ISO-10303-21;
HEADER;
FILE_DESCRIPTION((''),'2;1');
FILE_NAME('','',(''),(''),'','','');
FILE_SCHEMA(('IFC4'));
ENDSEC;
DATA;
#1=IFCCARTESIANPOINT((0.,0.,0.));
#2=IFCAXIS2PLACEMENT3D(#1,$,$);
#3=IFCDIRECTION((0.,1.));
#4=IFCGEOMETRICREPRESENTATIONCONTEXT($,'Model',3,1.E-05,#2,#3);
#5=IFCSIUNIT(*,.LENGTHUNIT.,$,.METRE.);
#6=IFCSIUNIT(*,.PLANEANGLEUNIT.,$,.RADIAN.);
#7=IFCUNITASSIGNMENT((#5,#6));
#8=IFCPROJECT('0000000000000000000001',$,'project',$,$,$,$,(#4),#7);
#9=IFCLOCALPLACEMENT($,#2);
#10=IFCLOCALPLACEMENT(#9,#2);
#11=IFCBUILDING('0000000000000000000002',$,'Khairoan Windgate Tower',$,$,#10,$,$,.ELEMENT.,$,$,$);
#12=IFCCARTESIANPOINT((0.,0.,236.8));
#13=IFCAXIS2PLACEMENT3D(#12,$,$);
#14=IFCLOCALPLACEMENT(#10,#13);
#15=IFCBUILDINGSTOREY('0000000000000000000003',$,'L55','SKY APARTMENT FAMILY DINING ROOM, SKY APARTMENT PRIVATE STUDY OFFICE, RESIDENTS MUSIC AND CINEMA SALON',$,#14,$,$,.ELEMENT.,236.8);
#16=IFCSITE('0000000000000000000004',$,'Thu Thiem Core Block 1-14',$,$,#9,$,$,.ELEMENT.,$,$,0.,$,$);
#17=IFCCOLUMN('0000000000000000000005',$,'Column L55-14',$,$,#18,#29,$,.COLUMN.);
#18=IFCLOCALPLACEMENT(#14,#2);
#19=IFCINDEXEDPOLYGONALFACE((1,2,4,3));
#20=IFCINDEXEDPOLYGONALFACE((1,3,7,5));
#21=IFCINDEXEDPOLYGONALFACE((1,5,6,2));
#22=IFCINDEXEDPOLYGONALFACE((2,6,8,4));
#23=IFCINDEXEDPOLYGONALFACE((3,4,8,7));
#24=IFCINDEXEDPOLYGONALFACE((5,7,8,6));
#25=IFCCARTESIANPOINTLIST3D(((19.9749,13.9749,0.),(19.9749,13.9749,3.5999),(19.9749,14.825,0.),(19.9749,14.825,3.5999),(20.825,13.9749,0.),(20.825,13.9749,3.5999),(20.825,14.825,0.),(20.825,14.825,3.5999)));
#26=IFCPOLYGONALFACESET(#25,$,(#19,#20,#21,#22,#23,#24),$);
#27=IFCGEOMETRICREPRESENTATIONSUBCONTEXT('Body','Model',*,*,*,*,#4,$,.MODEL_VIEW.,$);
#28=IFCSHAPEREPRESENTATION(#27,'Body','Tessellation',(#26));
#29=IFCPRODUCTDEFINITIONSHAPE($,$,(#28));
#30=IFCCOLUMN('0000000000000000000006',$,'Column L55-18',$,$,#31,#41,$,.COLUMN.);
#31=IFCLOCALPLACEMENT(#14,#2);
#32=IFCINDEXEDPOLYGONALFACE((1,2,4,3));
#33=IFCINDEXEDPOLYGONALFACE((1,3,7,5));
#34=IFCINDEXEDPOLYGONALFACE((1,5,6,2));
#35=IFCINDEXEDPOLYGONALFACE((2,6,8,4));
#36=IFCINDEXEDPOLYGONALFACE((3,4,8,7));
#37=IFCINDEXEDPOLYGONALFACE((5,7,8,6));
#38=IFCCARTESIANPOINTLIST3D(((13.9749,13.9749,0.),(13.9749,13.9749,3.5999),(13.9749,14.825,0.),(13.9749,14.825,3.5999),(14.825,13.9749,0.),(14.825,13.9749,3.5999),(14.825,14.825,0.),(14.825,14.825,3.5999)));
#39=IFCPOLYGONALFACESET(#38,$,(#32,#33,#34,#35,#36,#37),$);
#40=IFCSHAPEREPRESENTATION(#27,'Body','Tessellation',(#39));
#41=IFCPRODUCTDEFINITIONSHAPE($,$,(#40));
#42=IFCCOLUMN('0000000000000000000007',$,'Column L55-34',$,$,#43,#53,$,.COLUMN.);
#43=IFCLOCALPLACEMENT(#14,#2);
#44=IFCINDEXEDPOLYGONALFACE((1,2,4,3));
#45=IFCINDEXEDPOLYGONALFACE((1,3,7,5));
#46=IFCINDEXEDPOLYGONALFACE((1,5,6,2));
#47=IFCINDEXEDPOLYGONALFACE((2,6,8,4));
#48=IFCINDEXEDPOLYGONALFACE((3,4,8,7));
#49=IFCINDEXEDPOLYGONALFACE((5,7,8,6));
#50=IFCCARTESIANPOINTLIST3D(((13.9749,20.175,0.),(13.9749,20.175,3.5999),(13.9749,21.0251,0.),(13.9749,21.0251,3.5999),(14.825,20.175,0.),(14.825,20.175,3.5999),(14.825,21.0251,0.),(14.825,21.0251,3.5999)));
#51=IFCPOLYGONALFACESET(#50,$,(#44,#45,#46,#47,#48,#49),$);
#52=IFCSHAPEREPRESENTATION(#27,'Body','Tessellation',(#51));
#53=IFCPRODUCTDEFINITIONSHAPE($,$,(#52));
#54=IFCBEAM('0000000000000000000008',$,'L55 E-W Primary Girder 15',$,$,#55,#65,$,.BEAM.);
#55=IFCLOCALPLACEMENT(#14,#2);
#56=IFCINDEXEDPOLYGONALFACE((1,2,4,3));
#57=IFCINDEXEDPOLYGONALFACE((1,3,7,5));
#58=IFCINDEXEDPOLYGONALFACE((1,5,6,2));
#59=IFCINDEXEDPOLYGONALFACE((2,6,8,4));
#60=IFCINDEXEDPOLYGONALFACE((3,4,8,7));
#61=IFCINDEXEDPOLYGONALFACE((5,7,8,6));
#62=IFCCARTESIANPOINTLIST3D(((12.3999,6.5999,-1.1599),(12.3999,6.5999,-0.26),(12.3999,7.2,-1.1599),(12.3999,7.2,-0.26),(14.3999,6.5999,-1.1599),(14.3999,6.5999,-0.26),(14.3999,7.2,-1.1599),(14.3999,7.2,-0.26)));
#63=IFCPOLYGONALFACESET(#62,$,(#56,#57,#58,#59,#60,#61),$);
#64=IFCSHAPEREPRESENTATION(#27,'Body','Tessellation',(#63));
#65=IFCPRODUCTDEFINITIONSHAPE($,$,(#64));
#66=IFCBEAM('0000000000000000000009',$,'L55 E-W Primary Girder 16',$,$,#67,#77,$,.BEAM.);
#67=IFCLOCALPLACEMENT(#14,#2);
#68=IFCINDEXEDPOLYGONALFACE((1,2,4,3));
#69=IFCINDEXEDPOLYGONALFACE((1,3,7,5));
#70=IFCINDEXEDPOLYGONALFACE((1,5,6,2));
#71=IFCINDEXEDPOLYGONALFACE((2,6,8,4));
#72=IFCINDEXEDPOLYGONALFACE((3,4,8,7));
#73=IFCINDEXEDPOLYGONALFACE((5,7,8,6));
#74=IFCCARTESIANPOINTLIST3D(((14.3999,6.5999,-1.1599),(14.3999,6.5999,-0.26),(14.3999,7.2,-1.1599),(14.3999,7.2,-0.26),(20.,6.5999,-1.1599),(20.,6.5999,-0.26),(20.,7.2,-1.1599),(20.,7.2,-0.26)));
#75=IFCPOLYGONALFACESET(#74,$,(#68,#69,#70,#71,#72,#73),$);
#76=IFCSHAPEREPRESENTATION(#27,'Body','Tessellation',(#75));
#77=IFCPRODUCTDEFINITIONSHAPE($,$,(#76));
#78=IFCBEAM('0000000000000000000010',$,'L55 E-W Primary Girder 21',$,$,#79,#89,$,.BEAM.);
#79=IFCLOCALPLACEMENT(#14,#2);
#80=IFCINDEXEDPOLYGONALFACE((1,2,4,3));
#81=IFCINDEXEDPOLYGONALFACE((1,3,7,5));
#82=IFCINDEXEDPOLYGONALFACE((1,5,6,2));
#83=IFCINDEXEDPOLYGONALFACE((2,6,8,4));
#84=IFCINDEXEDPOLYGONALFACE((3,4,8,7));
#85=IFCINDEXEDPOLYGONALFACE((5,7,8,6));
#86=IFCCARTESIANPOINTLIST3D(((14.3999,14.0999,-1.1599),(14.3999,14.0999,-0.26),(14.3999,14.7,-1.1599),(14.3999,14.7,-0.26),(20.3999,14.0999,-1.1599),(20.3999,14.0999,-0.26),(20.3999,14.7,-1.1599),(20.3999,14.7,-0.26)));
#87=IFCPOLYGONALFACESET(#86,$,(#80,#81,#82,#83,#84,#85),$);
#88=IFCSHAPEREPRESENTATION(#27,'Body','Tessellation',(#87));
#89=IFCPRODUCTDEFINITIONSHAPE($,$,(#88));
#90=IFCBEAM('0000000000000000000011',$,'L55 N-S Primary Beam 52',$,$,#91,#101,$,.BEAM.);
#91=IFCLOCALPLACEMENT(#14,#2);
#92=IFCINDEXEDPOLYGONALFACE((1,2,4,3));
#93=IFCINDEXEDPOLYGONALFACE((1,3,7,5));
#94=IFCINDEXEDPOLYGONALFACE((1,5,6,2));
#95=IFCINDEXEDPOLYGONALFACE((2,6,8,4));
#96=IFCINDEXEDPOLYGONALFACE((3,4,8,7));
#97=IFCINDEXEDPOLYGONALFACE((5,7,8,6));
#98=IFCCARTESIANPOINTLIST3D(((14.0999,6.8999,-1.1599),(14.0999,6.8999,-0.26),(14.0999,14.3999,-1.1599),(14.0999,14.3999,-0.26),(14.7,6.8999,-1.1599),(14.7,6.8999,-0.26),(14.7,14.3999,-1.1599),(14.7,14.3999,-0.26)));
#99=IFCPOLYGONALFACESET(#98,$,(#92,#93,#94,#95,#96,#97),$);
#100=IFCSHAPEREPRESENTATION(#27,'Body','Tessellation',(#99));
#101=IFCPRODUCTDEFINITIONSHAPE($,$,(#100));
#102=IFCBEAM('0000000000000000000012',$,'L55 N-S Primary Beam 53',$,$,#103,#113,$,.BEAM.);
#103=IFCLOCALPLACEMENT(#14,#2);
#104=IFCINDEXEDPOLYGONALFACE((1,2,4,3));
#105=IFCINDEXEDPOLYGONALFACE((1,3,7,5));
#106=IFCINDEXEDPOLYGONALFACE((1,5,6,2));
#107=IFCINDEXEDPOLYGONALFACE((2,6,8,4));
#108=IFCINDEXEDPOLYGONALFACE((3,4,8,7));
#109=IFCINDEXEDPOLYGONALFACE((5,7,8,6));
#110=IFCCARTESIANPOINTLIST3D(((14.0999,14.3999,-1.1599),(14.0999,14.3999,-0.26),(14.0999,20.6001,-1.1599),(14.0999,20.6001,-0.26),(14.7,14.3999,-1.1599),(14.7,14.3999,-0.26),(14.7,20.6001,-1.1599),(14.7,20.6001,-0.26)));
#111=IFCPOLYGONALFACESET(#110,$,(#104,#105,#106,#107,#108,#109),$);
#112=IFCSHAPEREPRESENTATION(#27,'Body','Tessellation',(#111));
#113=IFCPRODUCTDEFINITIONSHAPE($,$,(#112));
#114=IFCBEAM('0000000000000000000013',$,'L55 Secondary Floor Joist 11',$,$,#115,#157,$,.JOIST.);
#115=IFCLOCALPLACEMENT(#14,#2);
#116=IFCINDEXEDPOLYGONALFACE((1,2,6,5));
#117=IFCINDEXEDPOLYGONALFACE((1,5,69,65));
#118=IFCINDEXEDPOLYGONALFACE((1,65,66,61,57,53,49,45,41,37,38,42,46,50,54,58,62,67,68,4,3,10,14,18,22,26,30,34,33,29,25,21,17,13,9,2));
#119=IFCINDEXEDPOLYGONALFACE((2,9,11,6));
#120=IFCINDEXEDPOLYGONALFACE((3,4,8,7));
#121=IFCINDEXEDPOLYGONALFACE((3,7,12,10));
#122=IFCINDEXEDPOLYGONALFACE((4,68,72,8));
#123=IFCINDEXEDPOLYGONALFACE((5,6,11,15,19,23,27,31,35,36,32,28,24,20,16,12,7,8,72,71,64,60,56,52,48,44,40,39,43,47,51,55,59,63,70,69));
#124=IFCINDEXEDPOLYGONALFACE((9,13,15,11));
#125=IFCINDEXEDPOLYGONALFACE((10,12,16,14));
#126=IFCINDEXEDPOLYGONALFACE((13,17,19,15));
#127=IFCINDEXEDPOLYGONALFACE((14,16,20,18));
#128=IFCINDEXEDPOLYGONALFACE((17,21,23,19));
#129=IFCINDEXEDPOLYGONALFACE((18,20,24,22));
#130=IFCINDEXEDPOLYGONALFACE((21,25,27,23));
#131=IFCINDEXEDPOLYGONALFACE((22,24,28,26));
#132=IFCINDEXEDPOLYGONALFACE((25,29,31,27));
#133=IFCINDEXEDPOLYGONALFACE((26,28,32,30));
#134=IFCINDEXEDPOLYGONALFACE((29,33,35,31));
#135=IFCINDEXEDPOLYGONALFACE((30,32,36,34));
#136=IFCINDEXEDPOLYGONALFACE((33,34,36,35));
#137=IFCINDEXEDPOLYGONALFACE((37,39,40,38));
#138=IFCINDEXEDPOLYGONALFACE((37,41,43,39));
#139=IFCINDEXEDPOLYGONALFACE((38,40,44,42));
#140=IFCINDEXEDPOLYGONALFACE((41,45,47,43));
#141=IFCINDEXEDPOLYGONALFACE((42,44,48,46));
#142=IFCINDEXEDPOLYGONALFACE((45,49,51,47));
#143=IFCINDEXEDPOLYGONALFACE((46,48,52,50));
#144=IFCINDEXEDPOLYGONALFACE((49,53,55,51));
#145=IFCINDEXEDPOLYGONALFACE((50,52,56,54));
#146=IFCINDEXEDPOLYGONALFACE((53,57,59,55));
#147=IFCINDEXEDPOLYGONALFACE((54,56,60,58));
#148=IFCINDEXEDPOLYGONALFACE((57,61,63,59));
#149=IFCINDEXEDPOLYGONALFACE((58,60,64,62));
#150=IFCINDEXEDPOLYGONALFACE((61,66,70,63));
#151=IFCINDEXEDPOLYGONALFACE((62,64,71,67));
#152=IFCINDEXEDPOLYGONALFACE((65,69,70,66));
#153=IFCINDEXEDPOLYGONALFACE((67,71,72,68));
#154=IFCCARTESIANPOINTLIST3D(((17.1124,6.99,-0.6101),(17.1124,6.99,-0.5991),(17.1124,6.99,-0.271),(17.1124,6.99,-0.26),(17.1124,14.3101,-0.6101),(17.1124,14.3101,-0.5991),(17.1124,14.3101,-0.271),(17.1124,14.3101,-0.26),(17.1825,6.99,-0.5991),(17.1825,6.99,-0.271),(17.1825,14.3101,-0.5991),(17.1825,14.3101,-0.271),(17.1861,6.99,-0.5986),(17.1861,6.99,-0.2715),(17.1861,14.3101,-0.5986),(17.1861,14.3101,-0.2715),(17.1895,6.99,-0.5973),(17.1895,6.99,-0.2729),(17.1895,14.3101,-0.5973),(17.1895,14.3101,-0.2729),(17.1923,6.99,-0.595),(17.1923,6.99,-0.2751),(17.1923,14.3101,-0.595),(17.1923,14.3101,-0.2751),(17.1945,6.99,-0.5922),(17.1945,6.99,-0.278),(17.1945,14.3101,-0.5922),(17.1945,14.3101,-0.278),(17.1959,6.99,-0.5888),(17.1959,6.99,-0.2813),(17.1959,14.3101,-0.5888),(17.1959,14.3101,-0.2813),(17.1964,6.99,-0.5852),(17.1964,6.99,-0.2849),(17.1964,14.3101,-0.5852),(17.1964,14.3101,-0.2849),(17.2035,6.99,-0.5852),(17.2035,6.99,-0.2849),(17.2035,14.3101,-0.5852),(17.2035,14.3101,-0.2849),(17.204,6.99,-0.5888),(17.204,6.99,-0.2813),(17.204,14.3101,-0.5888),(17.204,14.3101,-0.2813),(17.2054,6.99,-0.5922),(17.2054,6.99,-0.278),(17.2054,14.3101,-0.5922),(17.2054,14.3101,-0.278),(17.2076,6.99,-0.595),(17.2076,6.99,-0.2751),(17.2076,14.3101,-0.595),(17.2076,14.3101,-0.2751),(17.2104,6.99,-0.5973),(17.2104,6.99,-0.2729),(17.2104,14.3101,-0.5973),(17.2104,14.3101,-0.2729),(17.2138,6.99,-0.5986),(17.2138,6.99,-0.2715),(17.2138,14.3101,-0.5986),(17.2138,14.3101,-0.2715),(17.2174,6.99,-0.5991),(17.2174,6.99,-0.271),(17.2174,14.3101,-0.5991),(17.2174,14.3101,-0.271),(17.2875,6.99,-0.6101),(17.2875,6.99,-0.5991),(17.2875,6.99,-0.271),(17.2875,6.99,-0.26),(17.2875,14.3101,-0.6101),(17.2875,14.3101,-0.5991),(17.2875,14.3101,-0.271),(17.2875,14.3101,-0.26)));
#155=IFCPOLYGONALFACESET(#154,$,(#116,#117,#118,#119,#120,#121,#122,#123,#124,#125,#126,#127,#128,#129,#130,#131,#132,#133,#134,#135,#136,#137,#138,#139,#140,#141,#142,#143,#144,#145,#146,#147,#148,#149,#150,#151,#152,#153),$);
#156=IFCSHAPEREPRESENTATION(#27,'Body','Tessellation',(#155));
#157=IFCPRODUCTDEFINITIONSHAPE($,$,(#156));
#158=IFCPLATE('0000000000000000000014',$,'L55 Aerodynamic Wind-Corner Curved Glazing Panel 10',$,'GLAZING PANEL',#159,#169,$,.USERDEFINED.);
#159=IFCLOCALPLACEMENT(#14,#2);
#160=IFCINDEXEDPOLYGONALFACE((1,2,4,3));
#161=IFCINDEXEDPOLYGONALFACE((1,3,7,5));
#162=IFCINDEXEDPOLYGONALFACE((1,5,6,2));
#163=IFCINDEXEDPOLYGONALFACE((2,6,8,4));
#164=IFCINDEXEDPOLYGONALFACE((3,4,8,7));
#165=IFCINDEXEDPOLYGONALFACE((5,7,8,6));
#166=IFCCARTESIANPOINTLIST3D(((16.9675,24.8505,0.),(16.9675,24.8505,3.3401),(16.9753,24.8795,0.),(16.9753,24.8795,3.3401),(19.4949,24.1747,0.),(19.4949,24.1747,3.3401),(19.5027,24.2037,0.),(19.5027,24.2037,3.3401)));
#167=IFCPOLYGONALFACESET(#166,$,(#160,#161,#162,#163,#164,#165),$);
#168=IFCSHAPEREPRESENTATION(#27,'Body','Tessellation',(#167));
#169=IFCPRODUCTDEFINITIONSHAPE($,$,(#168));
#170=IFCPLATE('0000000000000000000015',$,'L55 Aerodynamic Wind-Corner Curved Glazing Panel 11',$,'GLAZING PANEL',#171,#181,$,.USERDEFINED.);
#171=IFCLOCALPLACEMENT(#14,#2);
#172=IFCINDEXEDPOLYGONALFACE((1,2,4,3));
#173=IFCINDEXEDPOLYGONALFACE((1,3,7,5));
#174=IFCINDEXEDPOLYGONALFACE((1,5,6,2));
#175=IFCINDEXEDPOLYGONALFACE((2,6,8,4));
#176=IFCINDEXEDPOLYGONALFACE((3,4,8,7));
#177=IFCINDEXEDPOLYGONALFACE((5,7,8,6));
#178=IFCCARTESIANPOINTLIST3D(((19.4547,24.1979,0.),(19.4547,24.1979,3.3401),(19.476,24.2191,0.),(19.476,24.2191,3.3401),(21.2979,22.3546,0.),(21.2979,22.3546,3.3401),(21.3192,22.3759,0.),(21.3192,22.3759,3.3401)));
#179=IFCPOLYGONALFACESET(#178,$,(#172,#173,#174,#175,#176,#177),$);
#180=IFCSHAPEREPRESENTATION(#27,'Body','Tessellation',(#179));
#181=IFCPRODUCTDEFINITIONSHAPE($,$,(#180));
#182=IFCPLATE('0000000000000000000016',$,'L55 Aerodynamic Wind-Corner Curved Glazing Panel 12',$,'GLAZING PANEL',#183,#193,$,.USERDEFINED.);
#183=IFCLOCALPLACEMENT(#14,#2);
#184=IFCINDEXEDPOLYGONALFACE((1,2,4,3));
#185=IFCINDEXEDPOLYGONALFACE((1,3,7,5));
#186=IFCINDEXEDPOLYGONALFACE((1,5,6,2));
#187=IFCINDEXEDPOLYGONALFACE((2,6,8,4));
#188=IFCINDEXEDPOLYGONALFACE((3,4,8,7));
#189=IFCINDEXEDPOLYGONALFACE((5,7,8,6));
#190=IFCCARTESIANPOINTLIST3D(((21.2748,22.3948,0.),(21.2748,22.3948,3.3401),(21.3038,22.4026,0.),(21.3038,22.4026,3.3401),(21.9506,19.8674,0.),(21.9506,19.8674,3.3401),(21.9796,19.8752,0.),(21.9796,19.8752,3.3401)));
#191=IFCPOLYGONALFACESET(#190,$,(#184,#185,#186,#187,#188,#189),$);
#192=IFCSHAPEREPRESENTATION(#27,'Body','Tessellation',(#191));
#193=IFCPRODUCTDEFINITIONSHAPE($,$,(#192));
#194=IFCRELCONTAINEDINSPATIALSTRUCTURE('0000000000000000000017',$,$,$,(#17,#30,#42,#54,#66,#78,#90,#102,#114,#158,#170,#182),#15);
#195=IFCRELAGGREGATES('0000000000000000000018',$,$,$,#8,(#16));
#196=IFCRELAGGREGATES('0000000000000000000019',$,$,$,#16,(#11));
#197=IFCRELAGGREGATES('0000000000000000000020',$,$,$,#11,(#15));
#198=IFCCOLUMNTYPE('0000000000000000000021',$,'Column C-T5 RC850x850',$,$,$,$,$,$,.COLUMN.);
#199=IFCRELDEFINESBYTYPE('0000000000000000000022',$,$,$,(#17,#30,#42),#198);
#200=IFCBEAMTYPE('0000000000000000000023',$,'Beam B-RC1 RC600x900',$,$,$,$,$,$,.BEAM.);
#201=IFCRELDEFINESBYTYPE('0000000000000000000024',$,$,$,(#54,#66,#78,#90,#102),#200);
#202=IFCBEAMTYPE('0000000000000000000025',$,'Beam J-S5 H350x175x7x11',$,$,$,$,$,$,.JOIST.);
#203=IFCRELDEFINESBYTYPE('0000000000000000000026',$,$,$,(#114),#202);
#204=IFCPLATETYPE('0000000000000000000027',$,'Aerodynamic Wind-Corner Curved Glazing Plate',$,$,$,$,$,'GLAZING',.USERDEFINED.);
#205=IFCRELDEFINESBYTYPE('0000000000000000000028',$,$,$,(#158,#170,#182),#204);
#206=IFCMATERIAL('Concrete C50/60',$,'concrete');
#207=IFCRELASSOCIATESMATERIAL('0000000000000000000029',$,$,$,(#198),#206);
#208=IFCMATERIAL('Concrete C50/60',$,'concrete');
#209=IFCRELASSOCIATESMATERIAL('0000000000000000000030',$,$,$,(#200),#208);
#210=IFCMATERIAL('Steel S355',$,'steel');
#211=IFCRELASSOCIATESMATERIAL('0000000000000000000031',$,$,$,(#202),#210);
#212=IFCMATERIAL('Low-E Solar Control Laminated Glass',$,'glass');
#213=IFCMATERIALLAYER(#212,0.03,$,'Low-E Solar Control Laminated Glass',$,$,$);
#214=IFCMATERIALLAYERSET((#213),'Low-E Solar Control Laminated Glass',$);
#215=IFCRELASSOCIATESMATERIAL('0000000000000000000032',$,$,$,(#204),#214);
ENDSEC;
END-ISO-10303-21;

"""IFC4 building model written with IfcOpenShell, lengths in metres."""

from ifc_helpers import new_model, si_unit, direction, frame, origin, origin_2d, place, context, subcontext, project, spatial, rectangle, i_section, extrude, material, layer, layer_set, material_profile, profile_set, type_object, element, save


model = new_model("IFC4")

# Units and contexts
model_context = context("Model", 3, precision=1e-05, world=origin(), true_north=direction((0.0, 1.0)))
body_context = subcontext(model_context, "Body", "Model", "MODEL_VIEW")
ifc_project = project(units=[si_unit("LENGTHUNIT", "METRE"), si_unit("PLANEANGLEUNIT", "RADIAN")], contexts=[model_context])

# Site, building, storey
site_placement = place(None, origin())
site = spatial("IfcSite", under=ifc_project, at=site_placement, Name="Thu Thiem Core Block 1-14", CompositionType="ELEMENT", RefElevation=0.0)
building_placement = place(site_placement, origin())
building = spatial("IfcBuilding", under=site, at=building_placement, Name="Khairoan Windgate Tower", CompositionType="ELEMENT")
storey_placement = place(building_placement, frame((0.0, 0.0, 236.8)))
storey = spatial("IfcBuildingStorey", under=building, at=storey_placement, Name="L55", Description="SKY APARTMENT FAMILY DINING ROOM, SKY APARTMENT PRIVATE STUDY OFFICE, RESIDENTS MUSIC AND CINEMA SALON", CompositionType="ELEMENT", Elevation=236.8)

# Columns
ifc_material_1 = material(Name="Concrete C50/60", Category="concrete")
ifc_material_profile_1 = material_profile(ifc_material_1, rectangle(XDim=0.8501, YDim=0.8501, at=origin_2d()))
ifc_profile_set_1 = profile_set([ifc_material_profile_1], Name="Concrete C50/60")
column_type = type_object("IfcColumnType", Name="Column C-T5 RC850x850", PredefinedType="COLUMN", material=ifc_profile_set_1)
for number, where, z_axis, x_axis, name in (
    (1, (20.3999, 14.3999, 0.0), (0.0, 0.0, 1.0), (1.0, 0.0, 0.0), "Column L55-14"),
    (2, (14.3999, 14.3999, 0.0), (0.0, 0.0, 1.0), (1.0, 0.0, 0.0), "Column L55-18"),
    (3, (14.3999, 20.6001, 0.0), (0.0, 0.0, 1.0), (1.0, 0.0, 0.0), "Column L55-34"),
):
    element("IfcColumn", number, at=place(storey_placement, frame(where, z_axis=z_axis, x_axis=x_axis)), inside=storey, type_object=column_type, Name=name, PredefinedType="COLUMN", context=body_context, shape_type="SweptSolid", body=[
        extrude(rectangle(XDim=0.8501, YDim=0.8501, at=origin_2d()), origin(), (0.0, 0.0, 1.0), 3.5999),
    ])

# Beams
ifc_material_2 = material(Name="Concrete C50/60", Category="concrete")
ifc_material_profile_2 = material_profile(ifc_material_2, rectangle(XDim=0.6001, YDim=0.8999, at=origin_2d()))
ifc_profile_set_2 = profile_set([ifc_material_profile_2], Name="Concrete C50/60")
beam_type_1 = type_object("IfcBeamType", Name="Beam B-RC1 RC600x900", PredefinedType="BEAM", material=ifc_profile_set_2)
beam_1_placement = place(storey_placement, frame((12.3999, 6.8999, -0.71), z_axis=(1.0, 0.0, 0.0), x_axis=(0.0, 1.0, 0.0)))
element("IfcBeam", 4, at=beam_1_placement, inside=storey, type_object=beam_type_1, Name="L55 E-W Primary Girder 15", PredefinedType="BEAM", context=body_context, shape_type="SweptSolid", body=[
    extrude(rectangle(XDim=0.6001, YDim=0.8999, at=origin_2d()), origin(), (0.0, 0.0, 1.0), 2.0),
])
beam_2_placement = place(storey_placement, frame((14.3999, 6.8999, -0.71), z_axis=(1.0, 0.0, 0.0), x_axis=(0.0, 1.0, 0.0)))
element("IfcBeam", 5, at=beam_2_placement, inside=storey, type_object=beam_type_1, Name="L55 E-W Primary Girder 16", PredefinedType="BEAM", context=body_context, shape_type="SweptSolid", body=[
    extrude(rectangle(XDim=0.6001, YDim=0.8999, at=origin_2d()), origin(), (0.0, 0.0, 1.0), 5.6001),
])
beam_3_placement = place(storey_placement, frame((14.3999, 14.3999, -0.71), z_axis=(1.0, 0.0, 0.0), x_axis=(0.0, 1.0, 0.0)))
element("IfcBeam", 6, at=beam_3_placement, inside=storey, type_object=beam_type_1, Name="L55 E-W Primary Girder 21", PredefinedType="BEAM", context=body_context, shape_type="SweptSolid", body=[
    extrude(rectangle(XDim=0.6001, YDim=0.8999, at=origin_2d()), origin(), (0.0, 0.0, 1.0), 6.0),
])
beam_4_placement = place(storey_placement, frame((14.3999, 6.8999, -0.71), z_axis=(0.0, 1.0, 0.0), x_axis=(-1.0, 0.0, 0.0)))
element("IfcBeam", 7, at=beam_4_placement, inside=storey, type_object=beam_type_1, Name="L55 N-S Primary Beam 52", PredefinedType="BEAM", context=body_context, shape_type="SweptSolid", body=[
    extrude(rectangle(XDim=0.6001, YDim=0.8999, at=origin_2d()), origin(), (0.0, 0.0, 1.0), 7.5),
])
beam_5_placement = place(storey_placement, frame((14.3999, 14.3999, -0.71), z_axis=(0.0, 1.0, 0.0), x_axis=(-1.0, 0.0, 0.0)))
element("IfcBeam", 8, at=beam_5_placement, inside=storey, type_object=beam_type_1, Name="L55 N-S Primary Beam 53", PredefinedType="BEAM", context=body_context, shape_type="SweptSolid", body=[
    extrude(rectangle(XDim=0.6001, YDim=0.8999, at=origin_2d()), origin(), (0.0, 0.0, 1.0), 6.2002),
])
ifc_material_3 = material(Name="Steel S355", Category="steel")
ifc_material_profile_3 = material_profile(ifc_material_3, i_section(OverallWidth=0.175, OverallDepth=0.3501, WebThickness=0.0071, FlangeThickness=0.011, FilletRadius=0.0139, at=origin_2d()))
ifc_profile_set_3 = profile_set([ifc_material_profile_3], Name="Steel S355")
beam_type_2 = type_object("IfcBeamType", Name="Beam J-S5 H350x175x7x11", PredefinedType="JOIST", material=ifc_profile_set_3)
beam_6_placement = place(storey_placement, frame((17.2, 6.99, -0.4351), z_axis=(0.0, 1.0, 0.0), x_axis=(-1.0, 0.0, 0.0)))
element("IfcBeam", 9, at=beam_6_placement, inside=storey, type_object=beam_type_2, Name="L55 Secondary Floor Joist 11", PredefinedType="JOIST", context=body_context, shape_type="SweptSolid", body=[
    extrude(i_section(OverallWidth=0.175, OverallDepth=0.3501, WebThickness=0.0071, FlangeThickness=0.011, FilletRadius=0.0139, at=origin_2d()), origin(), (0.0, 0.0, 1.0), 7.3201),
])

# Plates
ifc_material_4 = material(Name="Low-E Solar Control Laminated Glass", Category="glass")
ifc_layer_1 = layer(ifc_material_4, 0.03, Name="Low-E Solar Control Laminated Glass")
ifc_layer_set_1 = layer_set([ifc_layer_1], Name="Low-E Solar Control Laminated Glass")
plate_type_1 = type_object("IfcPlateType", Name="Aerodynamic Wind-Corner Curved Glazing Plate", ElementType="GLAZING", PredefinedType="USERDEFINED", material=ifc_layer_set_1)
plate_1_placement = place(storey_placement, frame((18.2351, 24.5271, 0.0), z_axis=(0.0, 0.0, 1.0), x_axis=(0.966061, -0.258313, 0.0)))
element("IfcPlate", 10, at=plate_1_placement, inside=storey, type_object=plate_type_1, Name="L55 Aerodynamic Wind-Corner Curved Glazing Panel 10", ObjectType="GLAZING PANEL", PredefinedType="USERDEFINED", context=body_context, shape_type="SweptSolid", body=[
    extrude(rectangle(XDim=2.6162, YDim=0.03, at=origin_2d()), origin(), (0.0, 0.0, 1.0), 3.3401),
])
plate_2_placement = place(storey_placement, frame((20.387, 23.2869, 0.0), z_axis=(0.0, 0.0, 1.0), x_axis=(0.707107, -0.707107, 0.0)))
element("IfcPlate", 11, at=plate_2_placement, inside=storey, type_object=plate_type_1, Name="L55 Aerodynamic Wind-Corner Curved Glazing Panel 11", ObjectType="GLAZING PANEL", PredefinedType="USERDEFINED", context=body_context, shape_type="SweptSolid", body=[
    extrude(rectangle(XDim=2.6067, YDim=0.03, at=origin_2d()), origin(), (0.0, 0.0, 1.0), 3.3401),
])
plate_3_placement = place(storey_placement, frame((21.6272, 21.135, 0.0), z_axis=(0.0, 0.0, 1.0), x_axis=(0.258313, -0.966061, 0.0)))
element("IfcPlate", 12, at=plate_3_placement, inside=storey, type_object=plate_type_1, Name="L55 Aerodynamic Wind-Corner Curved Glazing Panel 12", ObjectType="GLAZING PANEL", PredefinedType="USERDEFINED", context=body_context, shape_type="SweptSolid", body=[
    extrude(rectangle(XDim=2.6162, YDim=0.03, at=origin_2d()), origin(), (0.0, 0.0, 1.0), 3.3401),
])

save(model, "model.ifc")
